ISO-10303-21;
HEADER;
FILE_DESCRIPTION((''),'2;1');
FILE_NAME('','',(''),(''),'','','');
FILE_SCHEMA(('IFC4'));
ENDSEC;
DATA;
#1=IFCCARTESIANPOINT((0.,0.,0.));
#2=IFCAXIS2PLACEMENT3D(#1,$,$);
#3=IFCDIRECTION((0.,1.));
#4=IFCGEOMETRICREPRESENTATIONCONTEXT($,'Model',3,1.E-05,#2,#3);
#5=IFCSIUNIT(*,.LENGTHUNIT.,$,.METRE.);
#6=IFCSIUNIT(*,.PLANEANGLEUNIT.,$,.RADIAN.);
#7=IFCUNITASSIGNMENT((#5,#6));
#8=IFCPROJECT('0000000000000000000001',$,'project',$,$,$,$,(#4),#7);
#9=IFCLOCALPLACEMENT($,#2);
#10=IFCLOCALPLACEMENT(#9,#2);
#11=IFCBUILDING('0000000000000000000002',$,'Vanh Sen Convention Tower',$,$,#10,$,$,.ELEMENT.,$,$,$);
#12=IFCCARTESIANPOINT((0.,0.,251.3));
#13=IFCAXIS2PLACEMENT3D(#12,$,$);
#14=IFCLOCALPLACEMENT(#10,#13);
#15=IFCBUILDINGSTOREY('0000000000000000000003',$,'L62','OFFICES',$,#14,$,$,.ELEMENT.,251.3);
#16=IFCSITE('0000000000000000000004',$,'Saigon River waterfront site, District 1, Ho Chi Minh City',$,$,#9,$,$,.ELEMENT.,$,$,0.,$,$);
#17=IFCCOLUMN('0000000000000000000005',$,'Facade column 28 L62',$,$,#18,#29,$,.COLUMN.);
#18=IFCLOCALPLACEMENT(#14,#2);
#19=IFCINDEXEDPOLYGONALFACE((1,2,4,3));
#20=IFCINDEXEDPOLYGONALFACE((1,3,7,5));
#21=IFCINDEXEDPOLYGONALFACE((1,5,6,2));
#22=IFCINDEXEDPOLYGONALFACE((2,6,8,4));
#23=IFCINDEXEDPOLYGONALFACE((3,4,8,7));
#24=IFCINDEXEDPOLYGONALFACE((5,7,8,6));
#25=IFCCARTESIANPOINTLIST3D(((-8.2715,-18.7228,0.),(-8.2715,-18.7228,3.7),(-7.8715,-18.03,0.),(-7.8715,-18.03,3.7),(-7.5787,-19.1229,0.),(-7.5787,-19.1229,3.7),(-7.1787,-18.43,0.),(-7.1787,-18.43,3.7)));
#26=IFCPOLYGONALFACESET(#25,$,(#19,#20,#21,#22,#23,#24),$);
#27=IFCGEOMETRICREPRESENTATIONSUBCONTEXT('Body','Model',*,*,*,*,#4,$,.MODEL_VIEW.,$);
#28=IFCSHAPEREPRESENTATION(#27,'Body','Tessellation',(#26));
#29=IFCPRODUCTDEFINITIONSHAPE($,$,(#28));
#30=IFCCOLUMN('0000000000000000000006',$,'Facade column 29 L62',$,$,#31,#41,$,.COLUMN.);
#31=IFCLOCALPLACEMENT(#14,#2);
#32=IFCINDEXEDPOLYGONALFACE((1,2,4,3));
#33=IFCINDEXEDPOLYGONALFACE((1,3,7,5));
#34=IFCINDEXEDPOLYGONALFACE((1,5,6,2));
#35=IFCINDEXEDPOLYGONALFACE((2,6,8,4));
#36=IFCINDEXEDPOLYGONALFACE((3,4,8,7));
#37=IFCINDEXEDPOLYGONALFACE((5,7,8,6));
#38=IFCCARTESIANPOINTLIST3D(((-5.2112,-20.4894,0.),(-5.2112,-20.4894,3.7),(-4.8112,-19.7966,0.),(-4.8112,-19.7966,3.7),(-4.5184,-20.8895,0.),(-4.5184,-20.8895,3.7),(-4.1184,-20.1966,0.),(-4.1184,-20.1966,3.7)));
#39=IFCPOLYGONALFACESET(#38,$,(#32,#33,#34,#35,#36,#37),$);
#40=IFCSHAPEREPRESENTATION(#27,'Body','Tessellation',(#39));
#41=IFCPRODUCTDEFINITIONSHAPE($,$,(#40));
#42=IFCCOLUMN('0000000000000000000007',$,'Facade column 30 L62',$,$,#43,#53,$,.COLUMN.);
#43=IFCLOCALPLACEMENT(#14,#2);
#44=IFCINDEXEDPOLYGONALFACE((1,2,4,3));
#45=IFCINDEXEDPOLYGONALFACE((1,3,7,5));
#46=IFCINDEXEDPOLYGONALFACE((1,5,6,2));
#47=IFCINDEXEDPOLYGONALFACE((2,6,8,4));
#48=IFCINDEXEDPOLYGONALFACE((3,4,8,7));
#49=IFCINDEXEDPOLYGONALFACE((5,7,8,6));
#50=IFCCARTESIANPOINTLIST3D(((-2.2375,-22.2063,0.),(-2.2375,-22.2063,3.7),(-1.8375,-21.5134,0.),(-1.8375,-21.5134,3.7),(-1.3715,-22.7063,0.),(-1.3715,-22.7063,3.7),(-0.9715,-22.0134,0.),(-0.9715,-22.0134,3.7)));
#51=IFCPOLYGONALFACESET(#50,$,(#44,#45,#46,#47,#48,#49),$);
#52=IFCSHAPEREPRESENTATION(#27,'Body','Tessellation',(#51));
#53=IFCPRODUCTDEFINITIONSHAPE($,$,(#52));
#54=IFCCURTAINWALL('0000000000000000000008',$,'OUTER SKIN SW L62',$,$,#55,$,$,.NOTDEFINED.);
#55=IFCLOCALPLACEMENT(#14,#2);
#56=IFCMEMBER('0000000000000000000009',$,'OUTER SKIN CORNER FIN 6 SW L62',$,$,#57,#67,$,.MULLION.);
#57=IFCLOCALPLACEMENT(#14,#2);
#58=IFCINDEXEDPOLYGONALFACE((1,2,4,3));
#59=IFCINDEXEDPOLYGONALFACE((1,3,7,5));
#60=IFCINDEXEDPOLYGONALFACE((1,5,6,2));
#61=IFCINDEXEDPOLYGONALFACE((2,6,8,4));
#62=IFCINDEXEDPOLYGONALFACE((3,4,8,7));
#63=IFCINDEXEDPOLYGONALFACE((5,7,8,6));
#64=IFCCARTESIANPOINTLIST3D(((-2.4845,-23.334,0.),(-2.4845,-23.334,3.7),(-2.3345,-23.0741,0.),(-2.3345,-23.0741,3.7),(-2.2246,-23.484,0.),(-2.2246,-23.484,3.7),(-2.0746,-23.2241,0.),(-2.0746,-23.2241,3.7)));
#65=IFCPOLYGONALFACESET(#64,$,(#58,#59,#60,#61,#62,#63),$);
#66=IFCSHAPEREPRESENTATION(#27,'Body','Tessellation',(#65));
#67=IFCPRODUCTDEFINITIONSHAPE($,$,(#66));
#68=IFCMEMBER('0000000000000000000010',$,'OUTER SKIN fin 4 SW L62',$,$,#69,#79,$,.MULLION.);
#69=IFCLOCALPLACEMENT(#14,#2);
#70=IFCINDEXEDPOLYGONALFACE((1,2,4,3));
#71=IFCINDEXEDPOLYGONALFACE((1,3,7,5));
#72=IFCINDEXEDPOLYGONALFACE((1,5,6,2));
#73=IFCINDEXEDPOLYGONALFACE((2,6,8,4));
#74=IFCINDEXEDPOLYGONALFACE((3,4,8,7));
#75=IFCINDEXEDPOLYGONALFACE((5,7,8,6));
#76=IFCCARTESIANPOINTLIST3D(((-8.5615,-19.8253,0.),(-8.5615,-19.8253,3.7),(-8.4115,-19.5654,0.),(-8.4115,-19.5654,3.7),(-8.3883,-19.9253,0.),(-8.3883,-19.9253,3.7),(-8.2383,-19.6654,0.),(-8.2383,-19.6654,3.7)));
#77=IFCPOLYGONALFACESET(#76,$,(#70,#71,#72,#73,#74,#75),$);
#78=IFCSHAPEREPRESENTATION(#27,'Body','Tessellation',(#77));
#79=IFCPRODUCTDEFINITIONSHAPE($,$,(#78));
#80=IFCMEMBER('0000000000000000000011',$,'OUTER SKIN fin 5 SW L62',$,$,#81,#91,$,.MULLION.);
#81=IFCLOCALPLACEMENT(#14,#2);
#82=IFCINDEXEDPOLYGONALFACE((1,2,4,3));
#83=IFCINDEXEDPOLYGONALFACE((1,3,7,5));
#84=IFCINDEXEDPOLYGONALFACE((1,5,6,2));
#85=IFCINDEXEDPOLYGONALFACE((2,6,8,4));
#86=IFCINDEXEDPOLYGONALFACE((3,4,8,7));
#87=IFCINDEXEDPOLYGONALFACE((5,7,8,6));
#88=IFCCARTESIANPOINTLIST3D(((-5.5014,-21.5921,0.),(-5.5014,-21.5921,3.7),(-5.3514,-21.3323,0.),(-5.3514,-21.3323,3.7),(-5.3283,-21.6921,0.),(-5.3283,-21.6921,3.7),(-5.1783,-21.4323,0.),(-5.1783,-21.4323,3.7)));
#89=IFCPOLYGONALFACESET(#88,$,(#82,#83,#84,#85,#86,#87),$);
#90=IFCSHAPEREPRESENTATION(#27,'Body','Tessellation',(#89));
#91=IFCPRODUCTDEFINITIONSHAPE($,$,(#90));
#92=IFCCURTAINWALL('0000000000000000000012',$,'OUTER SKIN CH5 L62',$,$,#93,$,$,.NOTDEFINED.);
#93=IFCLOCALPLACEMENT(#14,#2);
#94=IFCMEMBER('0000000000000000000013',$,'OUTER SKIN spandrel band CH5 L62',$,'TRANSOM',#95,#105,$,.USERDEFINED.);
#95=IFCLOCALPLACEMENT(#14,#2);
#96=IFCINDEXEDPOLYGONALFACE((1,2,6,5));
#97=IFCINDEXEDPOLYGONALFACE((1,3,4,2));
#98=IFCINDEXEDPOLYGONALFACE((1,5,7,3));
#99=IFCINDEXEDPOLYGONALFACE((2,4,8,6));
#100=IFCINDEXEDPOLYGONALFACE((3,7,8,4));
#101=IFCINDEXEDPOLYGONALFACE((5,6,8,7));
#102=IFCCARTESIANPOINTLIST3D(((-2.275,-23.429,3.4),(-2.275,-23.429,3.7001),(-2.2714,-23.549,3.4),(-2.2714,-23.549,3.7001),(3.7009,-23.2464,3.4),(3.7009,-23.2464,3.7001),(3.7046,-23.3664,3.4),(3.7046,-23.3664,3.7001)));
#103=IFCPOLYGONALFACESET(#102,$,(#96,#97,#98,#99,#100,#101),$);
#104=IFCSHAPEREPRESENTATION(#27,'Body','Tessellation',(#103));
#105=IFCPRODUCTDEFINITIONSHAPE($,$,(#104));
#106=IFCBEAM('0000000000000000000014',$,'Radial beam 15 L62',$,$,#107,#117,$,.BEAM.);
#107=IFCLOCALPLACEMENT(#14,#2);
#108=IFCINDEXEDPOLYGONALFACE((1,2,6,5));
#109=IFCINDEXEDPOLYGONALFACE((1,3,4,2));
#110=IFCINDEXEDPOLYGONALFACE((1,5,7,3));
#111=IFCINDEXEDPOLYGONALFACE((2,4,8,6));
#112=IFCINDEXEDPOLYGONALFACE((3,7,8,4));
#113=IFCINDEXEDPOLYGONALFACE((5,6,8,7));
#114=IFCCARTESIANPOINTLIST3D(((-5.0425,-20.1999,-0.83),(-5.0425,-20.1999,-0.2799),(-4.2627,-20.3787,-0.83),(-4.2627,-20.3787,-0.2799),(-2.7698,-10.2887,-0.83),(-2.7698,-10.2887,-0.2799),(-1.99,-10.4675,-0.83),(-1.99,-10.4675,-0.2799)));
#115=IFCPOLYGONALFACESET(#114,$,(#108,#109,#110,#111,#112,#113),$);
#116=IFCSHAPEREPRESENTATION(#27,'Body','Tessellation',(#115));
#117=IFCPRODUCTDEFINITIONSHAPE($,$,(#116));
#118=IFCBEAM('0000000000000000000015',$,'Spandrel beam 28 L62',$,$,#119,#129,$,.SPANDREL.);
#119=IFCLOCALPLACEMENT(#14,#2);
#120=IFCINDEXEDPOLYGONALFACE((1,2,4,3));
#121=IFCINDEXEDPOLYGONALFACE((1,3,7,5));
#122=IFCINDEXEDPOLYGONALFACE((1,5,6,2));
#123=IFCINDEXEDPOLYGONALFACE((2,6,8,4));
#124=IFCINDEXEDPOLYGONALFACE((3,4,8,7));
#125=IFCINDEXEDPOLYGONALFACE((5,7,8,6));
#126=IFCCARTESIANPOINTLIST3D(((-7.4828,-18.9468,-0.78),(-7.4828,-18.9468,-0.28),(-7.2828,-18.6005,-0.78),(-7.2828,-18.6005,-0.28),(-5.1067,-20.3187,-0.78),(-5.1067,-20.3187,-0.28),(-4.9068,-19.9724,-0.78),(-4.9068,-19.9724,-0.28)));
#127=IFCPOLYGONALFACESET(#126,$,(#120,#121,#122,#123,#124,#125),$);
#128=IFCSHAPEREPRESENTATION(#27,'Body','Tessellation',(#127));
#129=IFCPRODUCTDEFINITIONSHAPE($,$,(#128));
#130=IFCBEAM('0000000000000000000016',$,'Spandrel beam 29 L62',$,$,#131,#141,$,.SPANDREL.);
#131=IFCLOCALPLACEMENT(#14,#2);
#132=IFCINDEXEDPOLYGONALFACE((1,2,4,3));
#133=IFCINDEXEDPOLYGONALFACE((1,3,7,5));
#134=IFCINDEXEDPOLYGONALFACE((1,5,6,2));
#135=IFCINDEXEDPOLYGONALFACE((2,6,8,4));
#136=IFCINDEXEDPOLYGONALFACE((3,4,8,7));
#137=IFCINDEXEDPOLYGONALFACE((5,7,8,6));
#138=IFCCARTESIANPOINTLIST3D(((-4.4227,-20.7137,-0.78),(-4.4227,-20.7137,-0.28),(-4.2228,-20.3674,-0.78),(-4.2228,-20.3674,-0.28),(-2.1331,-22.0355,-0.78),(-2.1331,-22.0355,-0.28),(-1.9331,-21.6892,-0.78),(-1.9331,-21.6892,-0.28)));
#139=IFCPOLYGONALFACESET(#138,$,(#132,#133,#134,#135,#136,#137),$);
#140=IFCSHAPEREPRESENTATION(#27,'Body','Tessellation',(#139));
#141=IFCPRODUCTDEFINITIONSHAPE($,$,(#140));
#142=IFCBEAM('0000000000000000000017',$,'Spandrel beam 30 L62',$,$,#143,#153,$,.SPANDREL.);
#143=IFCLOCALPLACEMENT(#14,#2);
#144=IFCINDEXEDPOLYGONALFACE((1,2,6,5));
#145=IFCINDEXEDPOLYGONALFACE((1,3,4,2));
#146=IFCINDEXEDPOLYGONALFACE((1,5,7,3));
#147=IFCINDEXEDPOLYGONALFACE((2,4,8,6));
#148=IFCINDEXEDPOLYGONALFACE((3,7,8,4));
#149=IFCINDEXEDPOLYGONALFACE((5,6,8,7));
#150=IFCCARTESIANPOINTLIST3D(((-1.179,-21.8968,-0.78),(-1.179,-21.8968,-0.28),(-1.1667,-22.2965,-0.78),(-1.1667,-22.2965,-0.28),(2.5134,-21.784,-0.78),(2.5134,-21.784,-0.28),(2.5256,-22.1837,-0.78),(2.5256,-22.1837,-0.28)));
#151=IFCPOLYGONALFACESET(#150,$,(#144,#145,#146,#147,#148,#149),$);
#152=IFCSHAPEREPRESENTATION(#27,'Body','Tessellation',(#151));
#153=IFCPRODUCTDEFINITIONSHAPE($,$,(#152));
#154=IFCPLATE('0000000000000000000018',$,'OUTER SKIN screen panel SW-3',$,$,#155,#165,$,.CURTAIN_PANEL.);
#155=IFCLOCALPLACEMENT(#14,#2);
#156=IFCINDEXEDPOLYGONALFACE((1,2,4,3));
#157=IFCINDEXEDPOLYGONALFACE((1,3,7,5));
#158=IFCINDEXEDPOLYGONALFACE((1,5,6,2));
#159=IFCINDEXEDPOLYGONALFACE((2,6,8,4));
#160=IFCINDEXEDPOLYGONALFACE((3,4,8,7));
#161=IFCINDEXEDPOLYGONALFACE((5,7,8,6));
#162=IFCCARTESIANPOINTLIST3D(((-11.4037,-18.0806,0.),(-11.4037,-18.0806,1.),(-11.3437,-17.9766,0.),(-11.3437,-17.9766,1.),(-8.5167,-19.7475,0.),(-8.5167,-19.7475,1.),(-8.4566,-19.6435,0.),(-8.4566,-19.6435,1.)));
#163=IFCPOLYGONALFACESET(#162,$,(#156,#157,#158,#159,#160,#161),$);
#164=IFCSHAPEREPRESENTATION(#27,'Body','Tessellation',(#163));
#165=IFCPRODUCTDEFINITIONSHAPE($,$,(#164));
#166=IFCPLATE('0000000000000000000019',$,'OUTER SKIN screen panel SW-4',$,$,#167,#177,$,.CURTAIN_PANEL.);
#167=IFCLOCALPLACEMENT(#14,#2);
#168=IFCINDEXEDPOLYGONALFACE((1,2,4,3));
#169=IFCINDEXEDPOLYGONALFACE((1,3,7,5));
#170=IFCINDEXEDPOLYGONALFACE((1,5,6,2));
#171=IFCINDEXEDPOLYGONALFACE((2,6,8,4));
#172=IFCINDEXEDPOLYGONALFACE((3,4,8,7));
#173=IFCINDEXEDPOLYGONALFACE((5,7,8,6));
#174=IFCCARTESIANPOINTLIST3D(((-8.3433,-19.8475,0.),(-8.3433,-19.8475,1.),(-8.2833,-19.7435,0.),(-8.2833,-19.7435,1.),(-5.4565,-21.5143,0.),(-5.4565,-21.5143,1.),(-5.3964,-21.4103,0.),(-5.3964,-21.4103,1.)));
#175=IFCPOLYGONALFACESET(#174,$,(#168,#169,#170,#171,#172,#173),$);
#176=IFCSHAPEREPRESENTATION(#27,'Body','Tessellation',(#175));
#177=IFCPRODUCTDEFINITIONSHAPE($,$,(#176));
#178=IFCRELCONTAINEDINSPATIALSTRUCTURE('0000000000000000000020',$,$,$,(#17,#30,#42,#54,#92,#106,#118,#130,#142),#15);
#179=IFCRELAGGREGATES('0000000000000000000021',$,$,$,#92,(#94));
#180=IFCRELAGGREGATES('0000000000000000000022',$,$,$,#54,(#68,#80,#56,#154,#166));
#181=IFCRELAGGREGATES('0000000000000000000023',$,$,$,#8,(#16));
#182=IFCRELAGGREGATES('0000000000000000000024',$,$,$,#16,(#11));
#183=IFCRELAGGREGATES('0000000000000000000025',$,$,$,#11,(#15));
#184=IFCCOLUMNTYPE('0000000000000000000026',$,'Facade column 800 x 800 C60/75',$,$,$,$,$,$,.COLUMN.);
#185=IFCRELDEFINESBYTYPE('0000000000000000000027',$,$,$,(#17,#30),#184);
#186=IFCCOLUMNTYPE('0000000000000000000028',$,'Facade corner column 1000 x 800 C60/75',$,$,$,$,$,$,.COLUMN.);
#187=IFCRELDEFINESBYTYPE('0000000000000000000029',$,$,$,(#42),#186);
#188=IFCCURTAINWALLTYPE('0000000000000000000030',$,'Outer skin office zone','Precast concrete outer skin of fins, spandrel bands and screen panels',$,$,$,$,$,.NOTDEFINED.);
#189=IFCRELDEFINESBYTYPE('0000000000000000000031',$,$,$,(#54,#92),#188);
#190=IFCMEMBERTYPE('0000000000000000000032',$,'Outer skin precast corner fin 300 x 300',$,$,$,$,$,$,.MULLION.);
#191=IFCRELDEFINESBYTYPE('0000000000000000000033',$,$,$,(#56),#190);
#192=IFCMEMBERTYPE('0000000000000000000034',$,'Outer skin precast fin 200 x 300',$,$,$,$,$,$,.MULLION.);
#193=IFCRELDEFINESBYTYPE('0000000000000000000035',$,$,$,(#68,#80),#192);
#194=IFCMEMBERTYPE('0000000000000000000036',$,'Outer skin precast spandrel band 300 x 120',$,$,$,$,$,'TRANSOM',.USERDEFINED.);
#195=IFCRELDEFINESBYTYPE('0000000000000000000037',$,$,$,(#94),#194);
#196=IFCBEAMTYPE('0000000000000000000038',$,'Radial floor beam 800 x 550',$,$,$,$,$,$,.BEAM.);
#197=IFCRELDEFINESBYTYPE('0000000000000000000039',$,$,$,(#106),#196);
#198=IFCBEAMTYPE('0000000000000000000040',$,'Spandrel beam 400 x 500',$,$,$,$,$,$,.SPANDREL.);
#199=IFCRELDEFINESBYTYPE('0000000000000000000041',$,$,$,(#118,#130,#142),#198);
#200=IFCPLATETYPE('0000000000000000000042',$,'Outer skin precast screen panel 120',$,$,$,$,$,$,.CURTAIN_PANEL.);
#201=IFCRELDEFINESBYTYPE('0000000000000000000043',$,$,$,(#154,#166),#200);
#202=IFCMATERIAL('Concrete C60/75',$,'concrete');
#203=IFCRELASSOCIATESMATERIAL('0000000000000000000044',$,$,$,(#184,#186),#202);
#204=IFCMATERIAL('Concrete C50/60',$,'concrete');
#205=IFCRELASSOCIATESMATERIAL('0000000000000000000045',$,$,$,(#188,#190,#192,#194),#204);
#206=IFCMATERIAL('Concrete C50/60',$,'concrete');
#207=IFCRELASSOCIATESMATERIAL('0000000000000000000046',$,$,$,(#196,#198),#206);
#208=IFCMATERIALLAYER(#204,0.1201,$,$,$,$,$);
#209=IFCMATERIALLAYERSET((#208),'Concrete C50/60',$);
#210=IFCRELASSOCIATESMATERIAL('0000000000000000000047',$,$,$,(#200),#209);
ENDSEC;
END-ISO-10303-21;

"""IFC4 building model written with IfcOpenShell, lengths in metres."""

from ifc_helpers import new_model, si_unit, direction, frame, origin, origin_2d, place, context, subcontext, project, spatial, rectangle, extrude, material, layer, layer_set, material_profile, profile_set, type_object, element, aggregate, save


model = new_model("IFC4")

# Units and contexts
model_context = context("Model", 3, precision=1e-05, world=origin(), true_north=direction((0.0, 1.0)))
body_context = subcontext(model_context, "Body", "Model", "MODEL_VIEW")
ifc_project = project(units=[si_unit("LENGTHUNIT", "METRE"), si_unit("PLANEANGLEUNIT", "RADIAN")], contexts=[model_context])

# Site, building, storey
site_placement = place(None, origin())
site = spatial("IfcSite", under=ifc_project, at=site_placement, Name="Saigon River waterfront site, District 1, Ho Chi Minh City", CompositionType="ELEMENT", RefElevation=0.0)
building_placement = place(site_placement, origin())
building = spatial("IfcBuilding", under=site, at=building_placement, Name="Vanh Sen Convention Tower", CompositionType="ELEMENT")
storey_placement = place(building_placement, frame((0.0, 0.0, 251.3)))
storey = spatial("IfcBuildingStorey", under=building, at=storey_placement, Name="L62", Description="OFFICES", CompositionType="ELEMENT", Elevation=251.3)

# Columns
ifc_material_1 = material(Name="Concrete C60/75", Category="concrete")
ifc_material_profile_1 = material_profile(ifc_material_1, rectangle(XDim=0.8, YDim=0.8, at=origin_2d()), Name="RC 800X800")
ifc_profile_set_1 = profile_set([ifc_material_profile_1], Name="Concrete C60/75")
column_type_1 = type_object("IfcColumnType", Name="Facade column 800 x 800 C60/75", PredefinedType="COLUMN", material=ifc_profile_set_1)
for number, where, z_axis, x_axis, name in (
    (1, (-7.7251, -18.5764, 0.0), (0.0, 0.0, 1.0), (0.866025, -0.5, 0.0), "Facade column 28 L62"),
    (2, (-4.6648, -20.343, 0.0), (0.0, 0.0, 1.0), (0.866025, -0.5, 0.0), "Facade column 29 L62"),
):
    element("IfcColumn", number, at=place(storey_placement, frame(where, z_axis=z_axis, x_axis=x_axis)), inside=storey, type_object=column_type_1, Name=name, PredefinedType="COLUMN", context=body_context, shape_type="SweptSolid", body=[
        extrude(rectangle(XDim=0.8, YDim=0.8, at=origin_2d()), origin(), (0.0, 0.0, 1.0), 3.7),
    ])
ifc_material_profile_2 = material_profile(ifc_material_1, rectangle(XDim=1.0, YDim=0.8, at=origin_2d()), Name="RC 1000X800")
ifc_profile_set_2 = profile_set([ifc_material_profile_2], Name="Concrete C60/75")
column_type_2 = type_object("IfcColumnType", Name="Facade corner column 1000 x 800 C60/75", PredefinedType="COLUMN", material=ifc_profile_set_2)
column_placement = place(storey_placement, frame((-1.6045, -22.1099, 0.0), z_axis=(0.0, 0.0, 1.0), x_axis=(0.866025, -0.5, 0.0)))
element("IfcColumn", 3, at=column_placement, inside=storey, type_object=column_type_2, Name="Facade column 30 L62", PredefinedType="COLUMN", context=body_context, shape_type="SweptSolid", body=[
    extrude(rectangle(XDim=1.0, YDim=0.8, at=origin_2d()), origin(), (0.0, 0.0, 1.0), 3.7),
])

# Curtain wall, members
ifc_material_2 = material(Name="Concrete C50/60", Category="concrete")
curtain_wall_type = type_object("IfcCurtainWallType", Name="Outer skin office zone", Description="Precast concrete outer skin of fins, spandrel bands and screen panels", PredefinedType="NOTDEFINED", material=ifc_material_2)
curtain_wall_1_placement = place(storey_placement, origin())
curtain_wall_1 = element("IfcCurtainWall", 4, at=curtain_wall_1_placement, inside=storey, type_object=curtain_wall_type, Name="OUTER SKIN SW L62", PredefinedType="NOTDEFINED")
ifc_material_profile_3 = material_profile(ifc_material_2, rectangle(XDim=0.3, YDim=0.3, at=origin_2d()), Name="Outer skin precast corner fin 300 x 300")
ifc_profile_set_3 = profile_set([ifc_material_profile_3], Name="Concrete C50/60")
member_type_1 = type_object("IfcMemberType", Name="Outer skin precast corner fin 300 x 300", PredefinedType="MULLION", material=ifc_profile_set_3)
member_1_placement = place(storey_placement, frame((-2.2795, -23.2791, 0.0), z_axis=(0.0, 0.0, 1.0), x_axis=(0.866025, -0.5, 0.0)))
member_1 = element("IfcMember", 5, at=member_1_placement, type_object=member_type_1, Name="OUTER SKIN CORNER FIN 6 SW L62", PredefinedType="MULLION", context=body_context, shape_type="SweptSolid", body=[
    extrude(rectangle(XDim=0.3, YDim=0.3, at=origin_2d()), origin(), (0.0, 0.0, 1.0), 3.7),
])
ifc_material_profile_4 = material_profile(ifc_material_2, rectangle(XDim=0.2, YDim=0.3, at=origin_2d()), Name="Outer skin precast fin 200 x 300")
ifc_profile_set_4 = profile_set([ifc_material_profile_4], Name="Concrete C50/60")
member_type_2 = type_object("IfcMemberType", Name="Outer skin precast fin 200 x 300", PredefinedType="MULLION", material=ifc_profile_set_4)
member_2_placement = place(storey_placement, frame((-8.3999, -19.7454, 0.0), z_axis=(0.0, 0.0, 1.0), x_axis=(0.866025, -0.5, 0.0)))
member_2 = element("IfcMember", 6, at=member_2_placement, type_object=member_type_2, Name="OUTER SKIN fin 4 SW L62", PredefinedType="MULLION", context=body_context, shape_type="SweptSolid", body=[
    extrude(rectangle(XDim=0.2, YDim=0.3, at=origin_2d()), origin(), (0.0, 0.0, 1.0), 3.7),
])
member_3_placement = place(storey_placement, frame((-5.3398, -21.5122, 0.0), z_axis=(0.0, 0.0, 1.0), x_axis=(0.866025, -0.5, 0.0)))
member_3 = element("IfcMember", 7, at=member_3_placement, type_object=member_type_2, Name="OUTER SKIN fin 5 SW L62", PredefinedType="MULLION", context=body_context, shape_type="SweptSolid", body=[
    extrude(rectangle(XDim=0.2, YDim=0.3, at=origin_2d()), origin(), (0.0, 0.0, 1.0), 3.7),
])

# Curtain wall, member
curtain_wall_2_placement = place(storey_placement, origin())
curtain_wall_2 = element("IfcCurtainWall", 8, at=curtain_wall_2_placement, inside=storey, type_object=curtain_wall_type, Name="OUTER SKIN CH5 L62", PredefinedType="NOTDEFINED")
ifc_material_profile_5 = material_profile(ifc_material_2, rectangle(XDim=0.1201, YDim=0.3, at=origin_2d()), Name="Outer skin precast spandrel band 300 x 120")
ifc_profile_set_5 = profile_set([ifc_material_profile_5], Name="Concrete C50/60")
member_type_3 = type_object("IfcMemberType", Name="Outer skin precast spandrel band 300 x 120", ElementType="TRANSOM", PredefinedType="USERDEFINED", material=ifc_profile_set_5)
member_4_placement = place(storey_placement, frame((-2.2732, -23.489, 3.55), z_axis=(0.999533, 0.030544, 0.0), x_axis=(-0.030544, 0.999533, 0.0)))
member_4 = element("IfcMember", 9, at=member_4_placement, type_object=member_type_3, Name="OUTER SKIN spandrel band CH5 L62", ObjectType="TRANSOM", PredefinedType="USERDEFINED", context=body_context, shape_type="SweptSolid", body=[
    extrude(rectangle(XDim=0.1201, YDim=0.3, at=origin_2d()), origin(), (0.0, 0.0, 1.0), 5.9788),
])
aggregate(curtain_wall_2, [member_4])

# Beams
ifc_material_3 = material(Name="Concrete C50/60", Category="concrete")
ifc_material_profile_6 = material_profile(ifc_material_3, rectangle(XDim=0.8, YDim=0.55, at=origin_2d()), Name="RC 800X550")
ifc_profile_set_6 = profile_set([ifc_material_profile_6], Name="Concrete C50/60")
beam_type_1 = type_object("IfcBeamType", Name="Radial floor beam 800 x 550", PredefinedType="BEAM", material=ifc_profile_set_6)
beam_1_placement = place(storey_placement, frame((-4.6526, -20.2893, -0.5549), z_axis=(0.223507, 0.974702, 0.0), x_axis=(-0.974702, 0.223507, 0.0)))
element("IfcBeam", 10, at=beam_1_placement, inside=storey, type_object=beam_type_1, Name="Radial beam 15 L62", PredefinedType="BEAM", context=body_context, shape_type="SweptSolid", body=[
    extrude(rectangle(XDim=0.8, YDim=0.55, at=origin_2d()), origin(), (0.0, 0.0, 1.0), 10.1685),
])
ifc_material_profile_7 = material_profile(ifc_material_3, rectangle(XDim=0.3999, YDim=0.5, at=origin_2d()), Name="RC 400X500")
ifc_profile_set_7 = profile_set([ifc_material_profile_7], Name="Concrete C50/60")
beam_type_2 = type_object("IfcBeamType", Name="Spandrel beam 400 x 500", PredefinedType="SPANDREL", material=ifc_profile_set_7)
beam_2_placement = place(storey_placement, frame((-7.3828, -18.7737, -0.53), z_axis=(0.866017, -0.500015, 0.0), x_axis=(0.500015, 0.866017, 0.0)))
element("IfcBeam", 11, at=beam_2_placement, inside=storey, type_object=beam_type_2, Name="Spandrel beam 28 L62", PredefinedType="SPANDREL", context=body_context, shape_type="SweptSolid", body=[
    extrude(rectangle(XDim=0.3999, YDim=0.5, at=origin_2d()), origin(), (0.0, 0.0, 1.0), 2.7437),
])
beam_3_placement = place(storey_placement, frame((-4.3228, -20.5405, -0.53), z_axis=(0.866041, -0.499973, 0.0), x_axis=(0.499973, 0.866041, 0.0)))
element("IfcBeam", 12, at=beam_3_placement, inside=storey, type_object=beam_type_2, Name="Spandrel beam 29 L62", PredefinedType="SPANDREL", context=body_context, shape_type="SweptSolid", body=[
    extrude(rectangle(XDim=0.3999, YDim=0.5, at=origin_2d()), origin(), (0.0, 0.0, 1.0), 2.6438),
])
beam_4_placement = place(storey_placement, frame((-1.1729, -22.0967, -0.53), z_axis=(0.999534, 0.030533, 0.0), x_axis=(-0.030533, 0.999534, 0.0)))
element("IfcBeam", 13, at=beam_4_placement, inside=storey, type_object=beam_type_2, Name="Spandrel beam 30 L62", PredefinedType="SPANDREL", context=body_context, shape_type="SweptSolid", body=[
    extrude(rectangle(XDim=0.3999, YDim=0.5, at=origin_2d()), origin(), (0.0, 0.0, 1.0), 3.6941),
])

# Plates
ifc_layer_1 = layer(ifc_material_2, 0.1201)
ifc_layer_set_1 = layer_set([ifc_layer_1], Name="Concrete C50/60")
plate_type = type_object("IfcPlateType", Name="Outer skin precast screen panel 120", PredefinedType="CURTAIN_PANEL", material=ifc_layer_set_1)
plate_1_placement = place(storey_placement, frame((-9.9302, -18.8621, 0.0), z_axis=(0.0, 0.0, 1.0), x_axis=(0.866014, -0.50002, 0.0)))
plate_1 = element("IfcPlate", 14, at=plate_1_placement, type_object=plate_type, Name="OUTER SKIN screen panel SW-3", PredefinedType="CURTAIN_PANEL", context=body_context, shape_type="SweptSolid", body=[
    extrude(rectangle(XDim=3.3337, YDim=0.1201, at=origin_2d()), origin(), (0.0, 0.0, 1.0), 1.0),
])
plate_2_placement = place(storey_placement, frame((-6.8699, -20.6289, 0.0), z_axis=(0.0, 0.0, 1.0), x_axis=(0.866026, -0.499998, 0.0)))
plate_2 = element("IfcPlate", 15, at=plate_2_placement, type_object=plate_type, Name="OUTER SKIN screen panel SW-4", PredefinedType="CURTAIN_PANEL", context=body_context, shape_type="SweptSolid", body=[
    extrude(rectangle(XDim=3.3335, YDim=0.1201, at=origin_2d()), origin(), (0.0, 0.0, 1.0), 1.0),
])
aggregate(curtain_wall_1, [member_2, member_3, member_1, plate_1, plate_2])

save(model, "model.ifc")
